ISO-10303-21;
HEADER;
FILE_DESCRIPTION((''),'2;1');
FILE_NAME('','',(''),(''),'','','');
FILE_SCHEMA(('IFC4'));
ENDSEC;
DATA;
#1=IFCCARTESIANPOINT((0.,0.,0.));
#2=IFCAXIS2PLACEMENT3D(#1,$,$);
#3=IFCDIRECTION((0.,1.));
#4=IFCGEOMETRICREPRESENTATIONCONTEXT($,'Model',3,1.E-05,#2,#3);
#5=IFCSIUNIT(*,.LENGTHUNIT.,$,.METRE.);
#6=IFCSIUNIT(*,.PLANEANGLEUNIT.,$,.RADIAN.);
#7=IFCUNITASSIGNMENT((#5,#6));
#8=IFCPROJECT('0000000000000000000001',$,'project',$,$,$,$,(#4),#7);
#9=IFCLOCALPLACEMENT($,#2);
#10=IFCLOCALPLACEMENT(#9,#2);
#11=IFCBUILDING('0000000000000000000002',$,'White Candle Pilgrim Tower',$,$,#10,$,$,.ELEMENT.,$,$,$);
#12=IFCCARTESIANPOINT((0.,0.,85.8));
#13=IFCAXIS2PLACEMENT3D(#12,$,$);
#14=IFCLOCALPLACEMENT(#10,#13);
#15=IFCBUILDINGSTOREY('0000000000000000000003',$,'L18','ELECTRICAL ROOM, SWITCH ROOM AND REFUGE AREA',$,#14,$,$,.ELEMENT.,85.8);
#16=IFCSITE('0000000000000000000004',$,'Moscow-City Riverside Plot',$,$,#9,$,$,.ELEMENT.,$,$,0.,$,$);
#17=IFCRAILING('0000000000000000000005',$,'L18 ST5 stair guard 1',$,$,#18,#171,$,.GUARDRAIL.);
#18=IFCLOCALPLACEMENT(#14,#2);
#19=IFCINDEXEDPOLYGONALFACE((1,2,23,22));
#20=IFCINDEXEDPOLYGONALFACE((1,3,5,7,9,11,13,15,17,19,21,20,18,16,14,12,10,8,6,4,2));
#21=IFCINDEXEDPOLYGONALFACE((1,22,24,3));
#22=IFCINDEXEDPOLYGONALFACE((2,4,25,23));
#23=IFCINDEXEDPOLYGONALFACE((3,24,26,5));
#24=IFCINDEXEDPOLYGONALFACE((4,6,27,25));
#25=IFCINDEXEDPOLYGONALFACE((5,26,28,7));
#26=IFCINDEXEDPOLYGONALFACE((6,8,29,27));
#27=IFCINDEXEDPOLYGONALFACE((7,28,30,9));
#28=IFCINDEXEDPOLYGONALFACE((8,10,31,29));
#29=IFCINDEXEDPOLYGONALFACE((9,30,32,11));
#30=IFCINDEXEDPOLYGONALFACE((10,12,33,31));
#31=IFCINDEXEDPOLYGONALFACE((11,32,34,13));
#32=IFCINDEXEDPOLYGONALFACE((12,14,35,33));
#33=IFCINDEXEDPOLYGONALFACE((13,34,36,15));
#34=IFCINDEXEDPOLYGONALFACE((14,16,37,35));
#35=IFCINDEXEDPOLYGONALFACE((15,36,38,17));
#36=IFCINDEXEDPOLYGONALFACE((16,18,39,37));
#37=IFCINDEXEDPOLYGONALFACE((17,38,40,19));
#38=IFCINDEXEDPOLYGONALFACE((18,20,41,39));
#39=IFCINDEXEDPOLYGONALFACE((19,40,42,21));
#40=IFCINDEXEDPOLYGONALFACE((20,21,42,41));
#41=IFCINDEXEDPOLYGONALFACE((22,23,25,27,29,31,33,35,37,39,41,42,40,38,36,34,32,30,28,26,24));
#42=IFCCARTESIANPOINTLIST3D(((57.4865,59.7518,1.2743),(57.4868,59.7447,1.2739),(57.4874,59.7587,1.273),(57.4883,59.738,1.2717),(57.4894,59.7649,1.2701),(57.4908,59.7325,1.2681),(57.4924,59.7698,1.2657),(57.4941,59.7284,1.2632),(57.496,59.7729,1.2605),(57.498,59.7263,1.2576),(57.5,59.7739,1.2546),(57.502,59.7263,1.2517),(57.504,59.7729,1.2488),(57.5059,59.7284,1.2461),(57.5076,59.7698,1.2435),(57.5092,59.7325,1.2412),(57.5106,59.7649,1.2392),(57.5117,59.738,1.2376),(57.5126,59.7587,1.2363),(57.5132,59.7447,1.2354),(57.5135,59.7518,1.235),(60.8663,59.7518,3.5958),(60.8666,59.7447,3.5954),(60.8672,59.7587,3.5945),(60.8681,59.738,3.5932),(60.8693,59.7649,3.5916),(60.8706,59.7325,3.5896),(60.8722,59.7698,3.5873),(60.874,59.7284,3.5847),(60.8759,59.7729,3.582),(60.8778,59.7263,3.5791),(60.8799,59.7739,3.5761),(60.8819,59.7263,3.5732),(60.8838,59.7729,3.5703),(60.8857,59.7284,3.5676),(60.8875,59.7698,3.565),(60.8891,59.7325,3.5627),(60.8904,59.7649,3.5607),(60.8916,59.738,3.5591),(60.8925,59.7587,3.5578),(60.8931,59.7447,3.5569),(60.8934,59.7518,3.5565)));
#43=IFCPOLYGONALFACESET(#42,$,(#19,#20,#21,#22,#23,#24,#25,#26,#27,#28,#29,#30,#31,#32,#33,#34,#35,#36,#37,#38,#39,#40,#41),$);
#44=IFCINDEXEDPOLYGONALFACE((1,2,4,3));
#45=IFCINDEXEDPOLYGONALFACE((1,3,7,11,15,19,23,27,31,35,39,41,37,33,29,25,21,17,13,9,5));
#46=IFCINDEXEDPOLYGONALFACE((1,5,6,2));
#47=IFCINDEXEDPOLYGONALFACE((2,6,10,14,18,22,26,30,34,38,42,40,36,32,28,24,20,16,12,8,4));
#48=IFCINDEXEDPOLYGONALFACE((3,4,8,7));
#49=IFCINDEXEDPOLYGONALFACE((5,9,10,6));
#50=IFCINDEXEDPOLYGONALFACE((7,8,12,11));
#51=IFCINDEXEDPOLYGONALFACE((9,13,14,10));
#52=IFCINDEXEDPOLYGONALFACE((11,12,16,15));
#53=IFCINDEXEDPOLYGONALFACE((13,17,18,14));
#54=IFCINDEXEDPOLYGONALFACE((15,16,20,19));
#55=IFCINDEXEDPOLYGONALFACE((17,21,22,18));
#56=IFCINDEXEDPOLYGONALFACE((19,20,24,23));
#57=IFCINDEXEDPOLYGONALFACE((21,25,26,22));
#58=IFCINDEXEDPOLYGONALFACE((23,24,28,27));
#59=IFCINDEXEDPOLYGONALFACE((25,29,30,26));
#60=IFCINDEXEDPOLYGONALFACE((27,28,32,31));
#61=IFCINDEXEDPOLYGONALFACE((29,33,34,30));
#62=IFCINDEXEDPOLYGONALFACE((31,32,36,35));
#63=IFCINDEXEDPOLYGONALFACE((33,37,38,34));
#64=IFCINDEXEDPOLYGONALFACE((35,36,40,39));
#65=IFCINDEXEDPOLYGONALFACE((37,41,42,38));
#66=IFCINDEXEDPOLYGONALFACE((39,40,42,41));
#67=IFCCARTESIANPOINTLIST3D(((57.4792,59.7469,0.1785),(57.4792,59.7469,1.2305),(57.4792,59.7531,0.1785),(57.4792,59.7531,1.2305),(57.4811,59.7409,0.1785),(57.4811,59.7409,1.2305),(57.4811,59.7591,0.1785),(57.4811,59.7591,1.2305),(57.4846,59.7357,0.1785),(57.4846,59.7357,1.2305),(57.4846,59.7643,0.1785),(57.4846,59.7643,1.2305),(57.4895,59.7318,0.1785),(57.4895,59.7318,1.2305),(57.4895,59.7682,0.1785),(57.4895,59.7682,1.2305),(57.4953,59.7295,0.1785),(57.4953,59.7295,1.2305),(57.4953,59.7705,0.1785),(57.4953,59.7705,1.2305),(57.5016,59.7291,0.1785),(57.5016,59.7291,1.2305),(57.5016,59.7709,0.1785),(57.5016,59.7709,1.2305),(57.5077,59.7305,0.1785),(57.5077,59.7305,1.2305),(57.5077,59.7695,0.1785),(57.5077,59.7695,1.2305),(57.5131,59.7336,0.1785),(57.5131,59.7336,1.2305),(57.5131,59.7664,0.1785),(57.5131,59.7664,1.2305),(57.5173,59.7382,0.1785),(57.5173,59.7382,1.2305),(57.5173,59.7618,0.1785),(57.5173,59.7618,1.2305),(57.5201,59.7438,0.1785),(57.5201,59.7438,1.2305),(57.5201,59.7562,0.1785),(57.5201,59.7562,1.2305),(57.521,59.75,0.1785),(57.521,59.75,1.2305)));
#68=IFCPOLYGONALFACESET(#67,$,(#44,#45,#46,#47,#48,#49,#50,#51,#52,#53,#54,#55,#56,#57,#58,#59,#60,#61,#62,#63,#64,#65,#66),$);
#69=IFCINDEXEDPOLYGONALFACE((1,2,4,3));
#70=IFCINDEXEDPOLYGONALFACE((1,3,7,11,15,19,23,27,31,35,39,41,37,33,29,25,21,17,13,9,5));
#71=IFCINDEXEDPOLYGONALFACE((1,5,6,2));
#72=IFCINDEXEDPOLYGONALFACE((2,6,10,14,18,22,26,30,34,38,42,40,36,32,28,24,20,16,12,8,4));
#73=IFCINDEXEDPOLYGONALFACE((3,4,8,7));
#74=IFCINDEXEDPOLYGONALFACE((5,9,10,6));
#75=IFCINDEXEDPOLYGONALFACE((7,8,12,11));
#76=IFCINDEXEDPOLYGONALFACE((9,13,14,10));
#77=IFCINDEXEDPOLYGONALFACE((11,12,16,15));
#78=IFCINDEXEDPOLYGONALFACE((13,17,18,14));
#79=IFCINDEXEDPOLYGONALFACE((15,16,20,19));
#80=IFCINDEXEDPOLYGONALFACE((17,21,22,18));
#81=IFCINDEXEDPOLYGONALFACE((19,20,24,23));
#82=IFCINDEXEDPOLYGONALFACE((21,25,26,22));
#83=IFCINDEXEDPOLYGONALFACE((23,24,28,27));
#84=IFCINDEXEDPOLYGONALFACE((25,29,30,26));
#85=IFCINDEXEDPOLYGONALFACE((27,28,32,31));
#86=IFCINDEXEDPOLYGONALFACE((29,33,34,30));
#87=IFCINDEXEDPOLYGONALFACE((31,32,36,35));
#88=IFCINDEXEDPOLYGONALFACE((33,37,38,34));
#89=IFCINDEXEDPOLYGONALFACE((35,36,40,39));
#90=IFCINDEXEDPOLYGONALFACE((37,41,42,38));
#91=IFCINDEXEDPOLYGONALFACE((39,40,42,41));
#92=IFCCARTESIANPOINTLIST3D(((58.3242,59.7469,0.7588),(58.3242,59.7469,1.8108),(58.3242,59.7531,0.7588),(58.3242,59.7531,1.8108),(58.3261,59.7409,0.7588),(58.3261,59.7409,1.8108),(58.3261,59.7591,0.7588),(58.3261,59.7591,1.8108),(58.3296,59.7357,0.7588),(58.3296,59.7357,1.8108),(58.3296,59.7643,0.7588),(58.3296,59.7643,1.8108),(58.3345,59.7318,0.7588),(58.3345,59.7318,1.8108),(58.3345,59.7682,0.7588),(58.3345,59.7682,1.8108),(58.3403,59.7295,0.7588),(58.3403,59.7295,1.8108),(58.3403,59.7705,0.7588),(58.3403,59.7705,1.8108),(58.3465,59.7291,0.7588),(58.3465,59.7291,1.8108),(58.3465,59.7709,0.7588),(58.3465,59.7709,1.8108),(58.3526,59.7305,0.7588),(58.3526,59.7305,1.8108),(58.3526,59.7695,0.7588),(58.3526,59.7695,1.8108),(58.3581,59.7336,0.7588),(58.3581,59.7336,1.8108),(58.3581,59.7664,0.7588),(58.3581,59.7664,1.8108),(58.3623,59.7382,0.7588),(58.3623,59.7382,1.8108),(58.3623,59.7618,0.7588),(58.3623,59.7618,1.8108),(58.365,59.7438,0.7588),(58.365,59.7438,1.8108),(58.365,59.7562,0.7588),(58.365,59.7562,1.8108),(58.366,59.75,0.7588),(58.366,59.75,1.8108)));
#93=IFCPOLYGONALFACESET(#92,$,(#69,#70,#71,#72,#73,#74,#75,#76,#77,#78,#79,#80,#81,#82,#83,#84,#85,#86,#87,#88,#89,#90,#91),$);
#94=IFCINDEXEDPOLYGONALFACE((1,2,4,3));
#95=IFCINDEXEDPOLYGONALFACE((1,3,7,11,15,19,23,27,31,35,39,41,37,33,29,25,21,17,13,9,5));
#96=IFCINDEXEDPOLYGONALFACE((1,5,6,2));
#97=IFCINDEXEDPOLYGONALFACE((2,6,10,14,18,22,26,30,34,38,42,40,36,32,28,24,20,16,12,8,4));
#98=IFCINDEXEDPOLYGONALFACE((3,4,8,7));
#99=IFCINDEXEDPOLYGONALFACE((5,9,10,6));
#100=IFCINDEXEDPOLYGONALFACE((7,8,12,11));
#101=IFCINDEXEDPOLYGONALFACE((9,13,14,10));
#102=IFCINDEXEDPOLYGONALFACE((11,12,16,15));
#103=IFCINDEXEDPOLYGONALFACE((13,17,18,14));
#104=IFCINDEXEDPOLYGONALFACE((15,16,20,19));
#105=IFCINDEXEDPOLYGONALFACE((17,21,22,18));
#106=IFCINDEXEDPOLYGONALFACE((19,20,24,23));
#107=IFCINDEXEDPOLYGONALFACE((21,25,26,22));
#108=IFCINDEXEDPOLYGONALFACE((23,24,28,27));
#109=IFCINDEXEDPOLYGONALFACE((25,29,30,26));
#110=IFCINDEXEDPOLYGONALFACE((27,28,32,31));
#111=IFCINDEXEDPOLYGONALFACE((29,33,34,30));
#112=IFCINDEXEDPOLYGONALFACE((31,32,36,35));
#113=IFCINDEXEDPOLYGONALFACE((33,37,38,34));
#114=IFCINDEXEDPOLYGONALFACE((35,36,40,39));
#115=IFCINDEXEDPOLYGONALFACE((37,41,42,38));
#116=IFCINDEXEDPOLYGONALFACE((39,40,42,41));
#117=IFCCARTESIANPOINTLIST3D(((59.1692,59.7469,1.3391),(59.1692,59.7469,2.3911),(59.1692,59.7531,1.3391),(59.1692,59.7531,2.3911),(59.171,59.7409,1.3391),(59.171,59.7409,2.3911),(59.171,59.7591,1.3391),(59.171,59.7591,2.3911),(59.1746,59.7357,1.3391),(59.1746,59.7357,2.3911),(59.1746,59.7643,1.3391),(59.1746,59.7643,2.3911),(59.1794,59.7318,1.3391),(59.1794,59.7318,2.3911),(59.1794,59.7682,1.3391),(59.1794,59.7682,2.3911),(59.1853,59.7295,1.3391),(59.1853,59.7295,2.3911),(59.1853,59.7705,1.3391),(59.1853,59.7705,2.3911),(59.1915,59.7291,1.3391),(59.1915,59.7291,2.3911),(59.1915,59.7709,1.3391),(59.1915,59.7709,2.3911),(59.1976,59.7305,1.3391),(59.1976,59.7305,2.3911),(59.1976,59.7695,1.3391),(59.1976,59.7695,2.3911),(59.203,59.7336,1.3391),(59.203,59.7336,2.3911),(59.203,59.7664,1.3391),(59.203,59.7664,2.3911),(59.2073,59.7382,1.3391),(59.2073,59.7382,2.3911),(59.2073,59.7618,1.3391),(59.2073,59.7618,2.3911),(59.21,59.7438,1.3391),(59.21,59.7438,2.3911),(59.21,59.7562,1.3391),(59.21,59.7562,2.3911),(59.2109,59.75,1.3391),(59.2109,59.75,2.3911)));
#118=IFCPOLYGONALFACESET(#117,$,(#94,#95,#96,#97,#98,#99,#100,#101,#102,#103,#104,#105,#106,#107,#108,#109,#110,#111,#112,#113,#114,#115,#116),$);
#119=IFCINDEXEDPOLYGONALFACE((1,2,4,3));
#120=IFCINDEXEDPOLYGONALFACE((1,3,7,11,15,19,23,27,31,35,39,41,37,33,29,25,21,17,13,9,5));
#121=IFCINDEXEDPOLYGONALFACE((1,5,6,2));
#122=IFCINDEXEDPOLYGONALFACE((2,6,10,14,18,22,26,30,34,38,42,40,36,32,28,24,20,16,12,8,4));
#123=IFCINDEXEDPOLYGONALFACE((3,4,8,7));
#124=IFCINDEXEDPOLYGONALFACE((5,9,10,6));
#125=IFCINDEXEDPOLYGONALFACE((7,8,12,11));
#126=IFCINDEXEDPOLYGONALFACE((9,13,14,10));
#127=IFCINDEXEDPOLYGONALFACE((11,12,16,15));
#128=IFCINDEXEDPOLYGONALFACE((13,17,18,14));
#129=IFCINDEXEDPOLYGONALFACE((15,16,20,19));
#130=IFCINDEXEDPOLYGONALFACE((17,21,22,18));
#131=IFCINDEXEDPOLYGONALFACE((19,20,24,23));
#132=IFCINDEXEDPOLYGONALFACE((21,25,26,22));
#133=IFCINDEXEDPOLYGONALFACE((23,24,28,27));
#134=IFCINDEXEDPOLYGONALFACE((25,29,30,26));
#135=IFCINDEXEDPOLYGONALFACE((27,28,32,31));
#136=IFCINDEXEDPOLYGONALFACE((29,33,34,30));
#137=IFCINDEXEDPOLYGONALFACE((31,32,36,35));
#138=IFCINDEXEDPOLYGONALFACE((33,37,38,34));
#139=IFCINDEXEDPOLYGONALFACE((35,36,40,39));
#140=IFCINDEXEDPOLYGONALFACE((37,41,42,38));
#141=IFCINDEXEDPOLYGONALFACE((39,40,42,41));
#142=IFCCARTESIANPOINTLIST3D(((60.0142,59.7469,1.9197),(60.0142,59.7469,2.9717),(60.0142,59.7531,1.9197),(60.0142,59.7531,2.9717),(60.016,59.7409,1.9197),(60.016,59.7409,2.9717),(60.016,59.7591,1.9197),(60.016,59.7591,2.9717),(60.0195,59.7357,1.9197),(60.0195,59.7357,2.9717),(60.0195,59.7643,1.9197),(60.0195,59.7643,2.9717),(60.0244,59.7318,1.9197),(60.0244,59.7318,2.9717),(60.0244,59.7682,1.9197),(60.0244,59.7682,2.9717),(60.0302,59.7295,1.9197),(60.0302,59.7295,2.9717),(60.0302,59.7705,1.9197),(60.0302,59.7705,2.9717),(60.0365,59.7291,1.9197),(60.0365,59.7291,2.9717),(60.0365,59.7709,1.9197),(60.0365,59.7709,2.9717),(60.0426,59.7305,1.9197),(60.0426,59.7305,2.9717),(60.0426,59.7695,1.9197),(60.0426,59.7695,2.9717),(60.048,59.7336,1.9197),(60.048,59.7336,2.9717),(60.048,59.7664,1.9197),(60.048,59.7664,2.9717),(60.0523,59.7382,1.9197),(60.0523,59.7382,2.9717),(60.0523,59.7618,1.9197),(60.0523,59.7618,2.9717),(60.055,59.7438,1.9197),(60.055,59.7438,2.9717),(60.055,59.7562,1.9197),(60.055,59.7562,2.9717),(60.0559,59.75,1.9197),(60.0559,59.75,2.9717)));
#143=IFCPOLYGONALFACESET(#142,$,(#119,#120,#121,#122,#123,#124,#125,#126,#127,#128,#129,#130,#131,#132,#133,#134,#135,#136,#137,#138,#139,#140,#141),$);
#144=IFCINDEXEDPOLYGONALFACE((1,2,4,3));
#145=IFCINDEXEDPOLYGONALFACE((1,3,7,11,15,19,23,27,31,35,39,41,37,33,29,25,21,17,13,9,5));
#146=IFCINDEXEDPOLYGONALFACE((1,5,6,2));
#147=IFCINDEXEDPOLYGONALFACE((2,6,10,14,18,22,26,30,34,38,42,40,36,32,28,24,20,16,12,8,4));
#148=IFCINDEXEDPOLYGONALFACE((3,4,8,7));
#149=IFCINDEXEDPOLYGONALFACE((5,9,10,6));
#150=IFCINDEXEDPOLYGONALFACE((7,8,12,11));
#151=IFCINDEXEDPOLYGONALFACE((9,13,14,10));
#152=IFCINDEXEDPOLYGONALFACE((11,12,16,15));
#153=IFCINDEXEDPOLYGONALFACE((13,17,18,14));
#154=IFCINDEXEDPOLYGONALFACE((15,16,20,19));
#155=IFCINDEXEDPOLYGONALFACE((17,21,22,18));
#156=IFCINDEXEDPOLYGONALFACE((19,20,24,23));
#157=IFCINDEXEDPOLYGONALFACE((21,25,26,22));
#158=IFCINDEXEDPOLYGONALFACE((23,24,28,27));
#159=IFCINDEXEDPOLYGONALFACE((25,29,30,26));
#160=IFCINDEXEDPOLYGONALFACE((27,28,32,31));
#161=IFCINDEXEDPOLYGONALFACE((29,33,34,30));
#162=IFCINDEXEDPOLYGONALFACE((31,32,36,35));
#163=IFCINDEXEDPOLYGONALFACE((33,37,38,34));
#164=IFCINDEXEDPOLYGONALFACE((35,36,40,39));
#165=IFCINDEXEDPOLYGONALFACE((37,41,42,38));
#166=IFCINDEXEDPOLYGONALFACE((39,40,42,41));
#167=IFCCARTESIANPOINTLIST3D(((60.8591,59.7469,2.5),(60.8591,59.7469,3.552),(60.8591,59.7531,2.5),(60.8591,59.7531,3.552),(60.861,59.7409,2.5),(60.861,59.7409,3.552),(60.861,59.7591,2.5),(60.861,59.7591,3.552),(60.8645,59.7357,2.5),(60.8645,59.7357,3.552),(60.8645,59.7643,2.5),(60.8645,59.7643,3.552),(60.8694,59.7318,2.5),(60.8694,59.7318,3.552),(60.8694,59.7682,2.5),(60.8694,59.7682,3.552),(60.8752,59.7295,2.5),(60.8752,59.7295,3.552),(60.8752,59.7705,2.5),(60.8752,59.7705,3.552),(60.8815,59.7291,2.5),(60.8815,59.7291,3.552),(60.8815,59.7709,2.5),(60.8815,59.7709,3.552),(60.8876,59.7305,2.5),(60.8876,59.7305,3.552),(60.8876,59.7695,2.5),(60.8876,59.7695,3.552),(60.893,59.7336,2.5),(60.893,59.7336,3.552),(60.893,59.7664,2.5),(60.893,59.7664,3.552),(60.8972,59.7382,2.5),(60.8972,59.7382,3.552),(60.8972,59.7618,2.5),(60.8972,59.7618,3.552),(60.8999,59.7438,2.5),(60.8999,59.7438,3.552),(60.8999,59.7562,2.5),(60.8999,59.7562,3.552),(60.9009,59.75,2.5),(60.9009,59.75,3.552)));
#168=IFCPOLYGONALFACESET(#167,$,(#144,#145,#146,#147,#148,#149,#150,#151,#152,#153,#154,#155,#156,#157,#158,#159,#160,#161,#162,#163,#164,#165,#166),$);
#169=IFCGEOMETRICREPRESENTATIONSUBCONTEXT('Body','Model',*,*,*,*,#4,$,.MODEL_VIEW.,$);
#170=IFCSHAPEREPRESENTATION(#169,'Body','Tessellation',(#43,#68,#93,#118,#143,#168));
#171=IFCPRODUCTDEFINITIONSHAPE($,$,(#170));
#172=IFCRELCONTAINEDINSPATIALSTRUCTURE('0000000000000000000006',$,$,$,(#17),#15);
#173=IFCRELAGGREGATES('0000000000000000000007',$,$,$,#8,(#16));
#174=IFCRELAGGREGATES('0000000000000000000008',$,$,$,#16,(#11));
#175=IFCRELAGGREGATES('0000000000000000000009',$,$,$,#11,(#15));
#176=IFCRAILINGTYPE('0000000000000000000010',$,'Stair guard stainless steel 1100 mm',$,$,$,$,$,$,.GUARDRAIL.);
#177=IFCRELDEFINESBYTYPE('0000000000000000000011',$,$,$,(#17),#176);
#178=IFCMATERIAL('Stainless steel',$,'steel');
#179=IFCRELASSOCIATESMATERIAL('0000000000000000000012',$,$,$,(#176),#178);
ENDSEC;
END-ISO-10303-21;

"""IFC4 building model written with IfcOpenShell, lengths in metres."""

from ifc_helpers import new_model, si_unit, direction, frame, origin, origin_2d, place, context, subcontext, project, spatial, circle, extrude, material, type_object, element, save


model = new_model("IFC4")

# Units and contexts
model_context = context("Model", 3, precision=1e-05, world=origin(), true_north=direction((0.0, 1.0)))
body_context = subcontext(model_context, "Body", "Model", "MODEL_VIEW")
ifc_project = project(units=[si_unit("LENGTHUNIT", "METRE"), si_unit("PLANEANGLEUNIT", "RADIAN")], contexts=[model_context])

# Site, building, storey
site_placement = place(None, origin())
site = spatial("IfcSite", under=ifc_project, at=site_placement, Name="Moscow-City Riverside Plot", CompositionType="ELEMENT", RefElevation=0.0)
building_placement = place(site_placement, origin())
building = spatial("IfcBuilding", under=site, at=building_placement, Name="White Candle Pilgrim Tower", CompositionType="ELEMENT")
storey_placement = place(building_placement, frame((0.0, 0.0, 85.8)))
storey = spatial("IfcBuildingStorey", under=building, at=storey_placement, Name="L18", Description="ELECTRICAL ROOM, SWITCH ROOM AND REFUGE AREA", CompositionType="ELEMENT", Elevation=85.8)

# Railing
ifc_material_1 = material(Name="Stainless steel", Category="steel")
railing_type_1 = type_object("IfcRailingType", Name="Stair guard stainless steel 1100 mm", PredefinedType="GUARDRAIL", material=ifc_material_1)
railing_1_placement = place(storey_placement, frame((57.5, 59.75, 0.1785)))
element("IfcRailing", 1, at=railing_1_placement, inside=storey, type_object=railing_type_1, Name="L18 ST5 stair guard 1", PredefinedType="GUARDRAIL", context=body_context, shape_type="SweptSolid", body=[
    extrude(circle(Radius=0.0239, at=origin_2d()), frame((0.0, 0.0, 1.0762), z_axis=(0.824285, 0.0, 0.566175), x_axis=(0.0, 1.0, 0.0)), (0.0, 0.0, 1.0), 4.1003),
    extrude(circle(Radius=0.021, at=origin_2d()), origin(), (0.0, 0.0, 1.0), 1.052),
    extrude(circle(Radius=0.021, at=origin_2d()), frame((0.845, 0.0, 0.5803)), (0.0, 0.0, 1.0), 1.052),
    extrude(circle(Radius=0.021, at=origin_2d()), frame((1.6899, 0.0, 1.1606)), (0.0, 0.0, 1.0), 1.052),
    extrude(circle(Radius=0.021, at=origin_2d()), frame((2.5349, 0.0, 1.7412)), (0.0, 0.0, 1.0), 1.052),
    extrude(circle(Radius=0.021, at=origin_2d()), frame((3.3799, 0.0, 2.3215)), (0.0, 0.0, 1.0), 1.052),
])

save(model, "model.ifc")
